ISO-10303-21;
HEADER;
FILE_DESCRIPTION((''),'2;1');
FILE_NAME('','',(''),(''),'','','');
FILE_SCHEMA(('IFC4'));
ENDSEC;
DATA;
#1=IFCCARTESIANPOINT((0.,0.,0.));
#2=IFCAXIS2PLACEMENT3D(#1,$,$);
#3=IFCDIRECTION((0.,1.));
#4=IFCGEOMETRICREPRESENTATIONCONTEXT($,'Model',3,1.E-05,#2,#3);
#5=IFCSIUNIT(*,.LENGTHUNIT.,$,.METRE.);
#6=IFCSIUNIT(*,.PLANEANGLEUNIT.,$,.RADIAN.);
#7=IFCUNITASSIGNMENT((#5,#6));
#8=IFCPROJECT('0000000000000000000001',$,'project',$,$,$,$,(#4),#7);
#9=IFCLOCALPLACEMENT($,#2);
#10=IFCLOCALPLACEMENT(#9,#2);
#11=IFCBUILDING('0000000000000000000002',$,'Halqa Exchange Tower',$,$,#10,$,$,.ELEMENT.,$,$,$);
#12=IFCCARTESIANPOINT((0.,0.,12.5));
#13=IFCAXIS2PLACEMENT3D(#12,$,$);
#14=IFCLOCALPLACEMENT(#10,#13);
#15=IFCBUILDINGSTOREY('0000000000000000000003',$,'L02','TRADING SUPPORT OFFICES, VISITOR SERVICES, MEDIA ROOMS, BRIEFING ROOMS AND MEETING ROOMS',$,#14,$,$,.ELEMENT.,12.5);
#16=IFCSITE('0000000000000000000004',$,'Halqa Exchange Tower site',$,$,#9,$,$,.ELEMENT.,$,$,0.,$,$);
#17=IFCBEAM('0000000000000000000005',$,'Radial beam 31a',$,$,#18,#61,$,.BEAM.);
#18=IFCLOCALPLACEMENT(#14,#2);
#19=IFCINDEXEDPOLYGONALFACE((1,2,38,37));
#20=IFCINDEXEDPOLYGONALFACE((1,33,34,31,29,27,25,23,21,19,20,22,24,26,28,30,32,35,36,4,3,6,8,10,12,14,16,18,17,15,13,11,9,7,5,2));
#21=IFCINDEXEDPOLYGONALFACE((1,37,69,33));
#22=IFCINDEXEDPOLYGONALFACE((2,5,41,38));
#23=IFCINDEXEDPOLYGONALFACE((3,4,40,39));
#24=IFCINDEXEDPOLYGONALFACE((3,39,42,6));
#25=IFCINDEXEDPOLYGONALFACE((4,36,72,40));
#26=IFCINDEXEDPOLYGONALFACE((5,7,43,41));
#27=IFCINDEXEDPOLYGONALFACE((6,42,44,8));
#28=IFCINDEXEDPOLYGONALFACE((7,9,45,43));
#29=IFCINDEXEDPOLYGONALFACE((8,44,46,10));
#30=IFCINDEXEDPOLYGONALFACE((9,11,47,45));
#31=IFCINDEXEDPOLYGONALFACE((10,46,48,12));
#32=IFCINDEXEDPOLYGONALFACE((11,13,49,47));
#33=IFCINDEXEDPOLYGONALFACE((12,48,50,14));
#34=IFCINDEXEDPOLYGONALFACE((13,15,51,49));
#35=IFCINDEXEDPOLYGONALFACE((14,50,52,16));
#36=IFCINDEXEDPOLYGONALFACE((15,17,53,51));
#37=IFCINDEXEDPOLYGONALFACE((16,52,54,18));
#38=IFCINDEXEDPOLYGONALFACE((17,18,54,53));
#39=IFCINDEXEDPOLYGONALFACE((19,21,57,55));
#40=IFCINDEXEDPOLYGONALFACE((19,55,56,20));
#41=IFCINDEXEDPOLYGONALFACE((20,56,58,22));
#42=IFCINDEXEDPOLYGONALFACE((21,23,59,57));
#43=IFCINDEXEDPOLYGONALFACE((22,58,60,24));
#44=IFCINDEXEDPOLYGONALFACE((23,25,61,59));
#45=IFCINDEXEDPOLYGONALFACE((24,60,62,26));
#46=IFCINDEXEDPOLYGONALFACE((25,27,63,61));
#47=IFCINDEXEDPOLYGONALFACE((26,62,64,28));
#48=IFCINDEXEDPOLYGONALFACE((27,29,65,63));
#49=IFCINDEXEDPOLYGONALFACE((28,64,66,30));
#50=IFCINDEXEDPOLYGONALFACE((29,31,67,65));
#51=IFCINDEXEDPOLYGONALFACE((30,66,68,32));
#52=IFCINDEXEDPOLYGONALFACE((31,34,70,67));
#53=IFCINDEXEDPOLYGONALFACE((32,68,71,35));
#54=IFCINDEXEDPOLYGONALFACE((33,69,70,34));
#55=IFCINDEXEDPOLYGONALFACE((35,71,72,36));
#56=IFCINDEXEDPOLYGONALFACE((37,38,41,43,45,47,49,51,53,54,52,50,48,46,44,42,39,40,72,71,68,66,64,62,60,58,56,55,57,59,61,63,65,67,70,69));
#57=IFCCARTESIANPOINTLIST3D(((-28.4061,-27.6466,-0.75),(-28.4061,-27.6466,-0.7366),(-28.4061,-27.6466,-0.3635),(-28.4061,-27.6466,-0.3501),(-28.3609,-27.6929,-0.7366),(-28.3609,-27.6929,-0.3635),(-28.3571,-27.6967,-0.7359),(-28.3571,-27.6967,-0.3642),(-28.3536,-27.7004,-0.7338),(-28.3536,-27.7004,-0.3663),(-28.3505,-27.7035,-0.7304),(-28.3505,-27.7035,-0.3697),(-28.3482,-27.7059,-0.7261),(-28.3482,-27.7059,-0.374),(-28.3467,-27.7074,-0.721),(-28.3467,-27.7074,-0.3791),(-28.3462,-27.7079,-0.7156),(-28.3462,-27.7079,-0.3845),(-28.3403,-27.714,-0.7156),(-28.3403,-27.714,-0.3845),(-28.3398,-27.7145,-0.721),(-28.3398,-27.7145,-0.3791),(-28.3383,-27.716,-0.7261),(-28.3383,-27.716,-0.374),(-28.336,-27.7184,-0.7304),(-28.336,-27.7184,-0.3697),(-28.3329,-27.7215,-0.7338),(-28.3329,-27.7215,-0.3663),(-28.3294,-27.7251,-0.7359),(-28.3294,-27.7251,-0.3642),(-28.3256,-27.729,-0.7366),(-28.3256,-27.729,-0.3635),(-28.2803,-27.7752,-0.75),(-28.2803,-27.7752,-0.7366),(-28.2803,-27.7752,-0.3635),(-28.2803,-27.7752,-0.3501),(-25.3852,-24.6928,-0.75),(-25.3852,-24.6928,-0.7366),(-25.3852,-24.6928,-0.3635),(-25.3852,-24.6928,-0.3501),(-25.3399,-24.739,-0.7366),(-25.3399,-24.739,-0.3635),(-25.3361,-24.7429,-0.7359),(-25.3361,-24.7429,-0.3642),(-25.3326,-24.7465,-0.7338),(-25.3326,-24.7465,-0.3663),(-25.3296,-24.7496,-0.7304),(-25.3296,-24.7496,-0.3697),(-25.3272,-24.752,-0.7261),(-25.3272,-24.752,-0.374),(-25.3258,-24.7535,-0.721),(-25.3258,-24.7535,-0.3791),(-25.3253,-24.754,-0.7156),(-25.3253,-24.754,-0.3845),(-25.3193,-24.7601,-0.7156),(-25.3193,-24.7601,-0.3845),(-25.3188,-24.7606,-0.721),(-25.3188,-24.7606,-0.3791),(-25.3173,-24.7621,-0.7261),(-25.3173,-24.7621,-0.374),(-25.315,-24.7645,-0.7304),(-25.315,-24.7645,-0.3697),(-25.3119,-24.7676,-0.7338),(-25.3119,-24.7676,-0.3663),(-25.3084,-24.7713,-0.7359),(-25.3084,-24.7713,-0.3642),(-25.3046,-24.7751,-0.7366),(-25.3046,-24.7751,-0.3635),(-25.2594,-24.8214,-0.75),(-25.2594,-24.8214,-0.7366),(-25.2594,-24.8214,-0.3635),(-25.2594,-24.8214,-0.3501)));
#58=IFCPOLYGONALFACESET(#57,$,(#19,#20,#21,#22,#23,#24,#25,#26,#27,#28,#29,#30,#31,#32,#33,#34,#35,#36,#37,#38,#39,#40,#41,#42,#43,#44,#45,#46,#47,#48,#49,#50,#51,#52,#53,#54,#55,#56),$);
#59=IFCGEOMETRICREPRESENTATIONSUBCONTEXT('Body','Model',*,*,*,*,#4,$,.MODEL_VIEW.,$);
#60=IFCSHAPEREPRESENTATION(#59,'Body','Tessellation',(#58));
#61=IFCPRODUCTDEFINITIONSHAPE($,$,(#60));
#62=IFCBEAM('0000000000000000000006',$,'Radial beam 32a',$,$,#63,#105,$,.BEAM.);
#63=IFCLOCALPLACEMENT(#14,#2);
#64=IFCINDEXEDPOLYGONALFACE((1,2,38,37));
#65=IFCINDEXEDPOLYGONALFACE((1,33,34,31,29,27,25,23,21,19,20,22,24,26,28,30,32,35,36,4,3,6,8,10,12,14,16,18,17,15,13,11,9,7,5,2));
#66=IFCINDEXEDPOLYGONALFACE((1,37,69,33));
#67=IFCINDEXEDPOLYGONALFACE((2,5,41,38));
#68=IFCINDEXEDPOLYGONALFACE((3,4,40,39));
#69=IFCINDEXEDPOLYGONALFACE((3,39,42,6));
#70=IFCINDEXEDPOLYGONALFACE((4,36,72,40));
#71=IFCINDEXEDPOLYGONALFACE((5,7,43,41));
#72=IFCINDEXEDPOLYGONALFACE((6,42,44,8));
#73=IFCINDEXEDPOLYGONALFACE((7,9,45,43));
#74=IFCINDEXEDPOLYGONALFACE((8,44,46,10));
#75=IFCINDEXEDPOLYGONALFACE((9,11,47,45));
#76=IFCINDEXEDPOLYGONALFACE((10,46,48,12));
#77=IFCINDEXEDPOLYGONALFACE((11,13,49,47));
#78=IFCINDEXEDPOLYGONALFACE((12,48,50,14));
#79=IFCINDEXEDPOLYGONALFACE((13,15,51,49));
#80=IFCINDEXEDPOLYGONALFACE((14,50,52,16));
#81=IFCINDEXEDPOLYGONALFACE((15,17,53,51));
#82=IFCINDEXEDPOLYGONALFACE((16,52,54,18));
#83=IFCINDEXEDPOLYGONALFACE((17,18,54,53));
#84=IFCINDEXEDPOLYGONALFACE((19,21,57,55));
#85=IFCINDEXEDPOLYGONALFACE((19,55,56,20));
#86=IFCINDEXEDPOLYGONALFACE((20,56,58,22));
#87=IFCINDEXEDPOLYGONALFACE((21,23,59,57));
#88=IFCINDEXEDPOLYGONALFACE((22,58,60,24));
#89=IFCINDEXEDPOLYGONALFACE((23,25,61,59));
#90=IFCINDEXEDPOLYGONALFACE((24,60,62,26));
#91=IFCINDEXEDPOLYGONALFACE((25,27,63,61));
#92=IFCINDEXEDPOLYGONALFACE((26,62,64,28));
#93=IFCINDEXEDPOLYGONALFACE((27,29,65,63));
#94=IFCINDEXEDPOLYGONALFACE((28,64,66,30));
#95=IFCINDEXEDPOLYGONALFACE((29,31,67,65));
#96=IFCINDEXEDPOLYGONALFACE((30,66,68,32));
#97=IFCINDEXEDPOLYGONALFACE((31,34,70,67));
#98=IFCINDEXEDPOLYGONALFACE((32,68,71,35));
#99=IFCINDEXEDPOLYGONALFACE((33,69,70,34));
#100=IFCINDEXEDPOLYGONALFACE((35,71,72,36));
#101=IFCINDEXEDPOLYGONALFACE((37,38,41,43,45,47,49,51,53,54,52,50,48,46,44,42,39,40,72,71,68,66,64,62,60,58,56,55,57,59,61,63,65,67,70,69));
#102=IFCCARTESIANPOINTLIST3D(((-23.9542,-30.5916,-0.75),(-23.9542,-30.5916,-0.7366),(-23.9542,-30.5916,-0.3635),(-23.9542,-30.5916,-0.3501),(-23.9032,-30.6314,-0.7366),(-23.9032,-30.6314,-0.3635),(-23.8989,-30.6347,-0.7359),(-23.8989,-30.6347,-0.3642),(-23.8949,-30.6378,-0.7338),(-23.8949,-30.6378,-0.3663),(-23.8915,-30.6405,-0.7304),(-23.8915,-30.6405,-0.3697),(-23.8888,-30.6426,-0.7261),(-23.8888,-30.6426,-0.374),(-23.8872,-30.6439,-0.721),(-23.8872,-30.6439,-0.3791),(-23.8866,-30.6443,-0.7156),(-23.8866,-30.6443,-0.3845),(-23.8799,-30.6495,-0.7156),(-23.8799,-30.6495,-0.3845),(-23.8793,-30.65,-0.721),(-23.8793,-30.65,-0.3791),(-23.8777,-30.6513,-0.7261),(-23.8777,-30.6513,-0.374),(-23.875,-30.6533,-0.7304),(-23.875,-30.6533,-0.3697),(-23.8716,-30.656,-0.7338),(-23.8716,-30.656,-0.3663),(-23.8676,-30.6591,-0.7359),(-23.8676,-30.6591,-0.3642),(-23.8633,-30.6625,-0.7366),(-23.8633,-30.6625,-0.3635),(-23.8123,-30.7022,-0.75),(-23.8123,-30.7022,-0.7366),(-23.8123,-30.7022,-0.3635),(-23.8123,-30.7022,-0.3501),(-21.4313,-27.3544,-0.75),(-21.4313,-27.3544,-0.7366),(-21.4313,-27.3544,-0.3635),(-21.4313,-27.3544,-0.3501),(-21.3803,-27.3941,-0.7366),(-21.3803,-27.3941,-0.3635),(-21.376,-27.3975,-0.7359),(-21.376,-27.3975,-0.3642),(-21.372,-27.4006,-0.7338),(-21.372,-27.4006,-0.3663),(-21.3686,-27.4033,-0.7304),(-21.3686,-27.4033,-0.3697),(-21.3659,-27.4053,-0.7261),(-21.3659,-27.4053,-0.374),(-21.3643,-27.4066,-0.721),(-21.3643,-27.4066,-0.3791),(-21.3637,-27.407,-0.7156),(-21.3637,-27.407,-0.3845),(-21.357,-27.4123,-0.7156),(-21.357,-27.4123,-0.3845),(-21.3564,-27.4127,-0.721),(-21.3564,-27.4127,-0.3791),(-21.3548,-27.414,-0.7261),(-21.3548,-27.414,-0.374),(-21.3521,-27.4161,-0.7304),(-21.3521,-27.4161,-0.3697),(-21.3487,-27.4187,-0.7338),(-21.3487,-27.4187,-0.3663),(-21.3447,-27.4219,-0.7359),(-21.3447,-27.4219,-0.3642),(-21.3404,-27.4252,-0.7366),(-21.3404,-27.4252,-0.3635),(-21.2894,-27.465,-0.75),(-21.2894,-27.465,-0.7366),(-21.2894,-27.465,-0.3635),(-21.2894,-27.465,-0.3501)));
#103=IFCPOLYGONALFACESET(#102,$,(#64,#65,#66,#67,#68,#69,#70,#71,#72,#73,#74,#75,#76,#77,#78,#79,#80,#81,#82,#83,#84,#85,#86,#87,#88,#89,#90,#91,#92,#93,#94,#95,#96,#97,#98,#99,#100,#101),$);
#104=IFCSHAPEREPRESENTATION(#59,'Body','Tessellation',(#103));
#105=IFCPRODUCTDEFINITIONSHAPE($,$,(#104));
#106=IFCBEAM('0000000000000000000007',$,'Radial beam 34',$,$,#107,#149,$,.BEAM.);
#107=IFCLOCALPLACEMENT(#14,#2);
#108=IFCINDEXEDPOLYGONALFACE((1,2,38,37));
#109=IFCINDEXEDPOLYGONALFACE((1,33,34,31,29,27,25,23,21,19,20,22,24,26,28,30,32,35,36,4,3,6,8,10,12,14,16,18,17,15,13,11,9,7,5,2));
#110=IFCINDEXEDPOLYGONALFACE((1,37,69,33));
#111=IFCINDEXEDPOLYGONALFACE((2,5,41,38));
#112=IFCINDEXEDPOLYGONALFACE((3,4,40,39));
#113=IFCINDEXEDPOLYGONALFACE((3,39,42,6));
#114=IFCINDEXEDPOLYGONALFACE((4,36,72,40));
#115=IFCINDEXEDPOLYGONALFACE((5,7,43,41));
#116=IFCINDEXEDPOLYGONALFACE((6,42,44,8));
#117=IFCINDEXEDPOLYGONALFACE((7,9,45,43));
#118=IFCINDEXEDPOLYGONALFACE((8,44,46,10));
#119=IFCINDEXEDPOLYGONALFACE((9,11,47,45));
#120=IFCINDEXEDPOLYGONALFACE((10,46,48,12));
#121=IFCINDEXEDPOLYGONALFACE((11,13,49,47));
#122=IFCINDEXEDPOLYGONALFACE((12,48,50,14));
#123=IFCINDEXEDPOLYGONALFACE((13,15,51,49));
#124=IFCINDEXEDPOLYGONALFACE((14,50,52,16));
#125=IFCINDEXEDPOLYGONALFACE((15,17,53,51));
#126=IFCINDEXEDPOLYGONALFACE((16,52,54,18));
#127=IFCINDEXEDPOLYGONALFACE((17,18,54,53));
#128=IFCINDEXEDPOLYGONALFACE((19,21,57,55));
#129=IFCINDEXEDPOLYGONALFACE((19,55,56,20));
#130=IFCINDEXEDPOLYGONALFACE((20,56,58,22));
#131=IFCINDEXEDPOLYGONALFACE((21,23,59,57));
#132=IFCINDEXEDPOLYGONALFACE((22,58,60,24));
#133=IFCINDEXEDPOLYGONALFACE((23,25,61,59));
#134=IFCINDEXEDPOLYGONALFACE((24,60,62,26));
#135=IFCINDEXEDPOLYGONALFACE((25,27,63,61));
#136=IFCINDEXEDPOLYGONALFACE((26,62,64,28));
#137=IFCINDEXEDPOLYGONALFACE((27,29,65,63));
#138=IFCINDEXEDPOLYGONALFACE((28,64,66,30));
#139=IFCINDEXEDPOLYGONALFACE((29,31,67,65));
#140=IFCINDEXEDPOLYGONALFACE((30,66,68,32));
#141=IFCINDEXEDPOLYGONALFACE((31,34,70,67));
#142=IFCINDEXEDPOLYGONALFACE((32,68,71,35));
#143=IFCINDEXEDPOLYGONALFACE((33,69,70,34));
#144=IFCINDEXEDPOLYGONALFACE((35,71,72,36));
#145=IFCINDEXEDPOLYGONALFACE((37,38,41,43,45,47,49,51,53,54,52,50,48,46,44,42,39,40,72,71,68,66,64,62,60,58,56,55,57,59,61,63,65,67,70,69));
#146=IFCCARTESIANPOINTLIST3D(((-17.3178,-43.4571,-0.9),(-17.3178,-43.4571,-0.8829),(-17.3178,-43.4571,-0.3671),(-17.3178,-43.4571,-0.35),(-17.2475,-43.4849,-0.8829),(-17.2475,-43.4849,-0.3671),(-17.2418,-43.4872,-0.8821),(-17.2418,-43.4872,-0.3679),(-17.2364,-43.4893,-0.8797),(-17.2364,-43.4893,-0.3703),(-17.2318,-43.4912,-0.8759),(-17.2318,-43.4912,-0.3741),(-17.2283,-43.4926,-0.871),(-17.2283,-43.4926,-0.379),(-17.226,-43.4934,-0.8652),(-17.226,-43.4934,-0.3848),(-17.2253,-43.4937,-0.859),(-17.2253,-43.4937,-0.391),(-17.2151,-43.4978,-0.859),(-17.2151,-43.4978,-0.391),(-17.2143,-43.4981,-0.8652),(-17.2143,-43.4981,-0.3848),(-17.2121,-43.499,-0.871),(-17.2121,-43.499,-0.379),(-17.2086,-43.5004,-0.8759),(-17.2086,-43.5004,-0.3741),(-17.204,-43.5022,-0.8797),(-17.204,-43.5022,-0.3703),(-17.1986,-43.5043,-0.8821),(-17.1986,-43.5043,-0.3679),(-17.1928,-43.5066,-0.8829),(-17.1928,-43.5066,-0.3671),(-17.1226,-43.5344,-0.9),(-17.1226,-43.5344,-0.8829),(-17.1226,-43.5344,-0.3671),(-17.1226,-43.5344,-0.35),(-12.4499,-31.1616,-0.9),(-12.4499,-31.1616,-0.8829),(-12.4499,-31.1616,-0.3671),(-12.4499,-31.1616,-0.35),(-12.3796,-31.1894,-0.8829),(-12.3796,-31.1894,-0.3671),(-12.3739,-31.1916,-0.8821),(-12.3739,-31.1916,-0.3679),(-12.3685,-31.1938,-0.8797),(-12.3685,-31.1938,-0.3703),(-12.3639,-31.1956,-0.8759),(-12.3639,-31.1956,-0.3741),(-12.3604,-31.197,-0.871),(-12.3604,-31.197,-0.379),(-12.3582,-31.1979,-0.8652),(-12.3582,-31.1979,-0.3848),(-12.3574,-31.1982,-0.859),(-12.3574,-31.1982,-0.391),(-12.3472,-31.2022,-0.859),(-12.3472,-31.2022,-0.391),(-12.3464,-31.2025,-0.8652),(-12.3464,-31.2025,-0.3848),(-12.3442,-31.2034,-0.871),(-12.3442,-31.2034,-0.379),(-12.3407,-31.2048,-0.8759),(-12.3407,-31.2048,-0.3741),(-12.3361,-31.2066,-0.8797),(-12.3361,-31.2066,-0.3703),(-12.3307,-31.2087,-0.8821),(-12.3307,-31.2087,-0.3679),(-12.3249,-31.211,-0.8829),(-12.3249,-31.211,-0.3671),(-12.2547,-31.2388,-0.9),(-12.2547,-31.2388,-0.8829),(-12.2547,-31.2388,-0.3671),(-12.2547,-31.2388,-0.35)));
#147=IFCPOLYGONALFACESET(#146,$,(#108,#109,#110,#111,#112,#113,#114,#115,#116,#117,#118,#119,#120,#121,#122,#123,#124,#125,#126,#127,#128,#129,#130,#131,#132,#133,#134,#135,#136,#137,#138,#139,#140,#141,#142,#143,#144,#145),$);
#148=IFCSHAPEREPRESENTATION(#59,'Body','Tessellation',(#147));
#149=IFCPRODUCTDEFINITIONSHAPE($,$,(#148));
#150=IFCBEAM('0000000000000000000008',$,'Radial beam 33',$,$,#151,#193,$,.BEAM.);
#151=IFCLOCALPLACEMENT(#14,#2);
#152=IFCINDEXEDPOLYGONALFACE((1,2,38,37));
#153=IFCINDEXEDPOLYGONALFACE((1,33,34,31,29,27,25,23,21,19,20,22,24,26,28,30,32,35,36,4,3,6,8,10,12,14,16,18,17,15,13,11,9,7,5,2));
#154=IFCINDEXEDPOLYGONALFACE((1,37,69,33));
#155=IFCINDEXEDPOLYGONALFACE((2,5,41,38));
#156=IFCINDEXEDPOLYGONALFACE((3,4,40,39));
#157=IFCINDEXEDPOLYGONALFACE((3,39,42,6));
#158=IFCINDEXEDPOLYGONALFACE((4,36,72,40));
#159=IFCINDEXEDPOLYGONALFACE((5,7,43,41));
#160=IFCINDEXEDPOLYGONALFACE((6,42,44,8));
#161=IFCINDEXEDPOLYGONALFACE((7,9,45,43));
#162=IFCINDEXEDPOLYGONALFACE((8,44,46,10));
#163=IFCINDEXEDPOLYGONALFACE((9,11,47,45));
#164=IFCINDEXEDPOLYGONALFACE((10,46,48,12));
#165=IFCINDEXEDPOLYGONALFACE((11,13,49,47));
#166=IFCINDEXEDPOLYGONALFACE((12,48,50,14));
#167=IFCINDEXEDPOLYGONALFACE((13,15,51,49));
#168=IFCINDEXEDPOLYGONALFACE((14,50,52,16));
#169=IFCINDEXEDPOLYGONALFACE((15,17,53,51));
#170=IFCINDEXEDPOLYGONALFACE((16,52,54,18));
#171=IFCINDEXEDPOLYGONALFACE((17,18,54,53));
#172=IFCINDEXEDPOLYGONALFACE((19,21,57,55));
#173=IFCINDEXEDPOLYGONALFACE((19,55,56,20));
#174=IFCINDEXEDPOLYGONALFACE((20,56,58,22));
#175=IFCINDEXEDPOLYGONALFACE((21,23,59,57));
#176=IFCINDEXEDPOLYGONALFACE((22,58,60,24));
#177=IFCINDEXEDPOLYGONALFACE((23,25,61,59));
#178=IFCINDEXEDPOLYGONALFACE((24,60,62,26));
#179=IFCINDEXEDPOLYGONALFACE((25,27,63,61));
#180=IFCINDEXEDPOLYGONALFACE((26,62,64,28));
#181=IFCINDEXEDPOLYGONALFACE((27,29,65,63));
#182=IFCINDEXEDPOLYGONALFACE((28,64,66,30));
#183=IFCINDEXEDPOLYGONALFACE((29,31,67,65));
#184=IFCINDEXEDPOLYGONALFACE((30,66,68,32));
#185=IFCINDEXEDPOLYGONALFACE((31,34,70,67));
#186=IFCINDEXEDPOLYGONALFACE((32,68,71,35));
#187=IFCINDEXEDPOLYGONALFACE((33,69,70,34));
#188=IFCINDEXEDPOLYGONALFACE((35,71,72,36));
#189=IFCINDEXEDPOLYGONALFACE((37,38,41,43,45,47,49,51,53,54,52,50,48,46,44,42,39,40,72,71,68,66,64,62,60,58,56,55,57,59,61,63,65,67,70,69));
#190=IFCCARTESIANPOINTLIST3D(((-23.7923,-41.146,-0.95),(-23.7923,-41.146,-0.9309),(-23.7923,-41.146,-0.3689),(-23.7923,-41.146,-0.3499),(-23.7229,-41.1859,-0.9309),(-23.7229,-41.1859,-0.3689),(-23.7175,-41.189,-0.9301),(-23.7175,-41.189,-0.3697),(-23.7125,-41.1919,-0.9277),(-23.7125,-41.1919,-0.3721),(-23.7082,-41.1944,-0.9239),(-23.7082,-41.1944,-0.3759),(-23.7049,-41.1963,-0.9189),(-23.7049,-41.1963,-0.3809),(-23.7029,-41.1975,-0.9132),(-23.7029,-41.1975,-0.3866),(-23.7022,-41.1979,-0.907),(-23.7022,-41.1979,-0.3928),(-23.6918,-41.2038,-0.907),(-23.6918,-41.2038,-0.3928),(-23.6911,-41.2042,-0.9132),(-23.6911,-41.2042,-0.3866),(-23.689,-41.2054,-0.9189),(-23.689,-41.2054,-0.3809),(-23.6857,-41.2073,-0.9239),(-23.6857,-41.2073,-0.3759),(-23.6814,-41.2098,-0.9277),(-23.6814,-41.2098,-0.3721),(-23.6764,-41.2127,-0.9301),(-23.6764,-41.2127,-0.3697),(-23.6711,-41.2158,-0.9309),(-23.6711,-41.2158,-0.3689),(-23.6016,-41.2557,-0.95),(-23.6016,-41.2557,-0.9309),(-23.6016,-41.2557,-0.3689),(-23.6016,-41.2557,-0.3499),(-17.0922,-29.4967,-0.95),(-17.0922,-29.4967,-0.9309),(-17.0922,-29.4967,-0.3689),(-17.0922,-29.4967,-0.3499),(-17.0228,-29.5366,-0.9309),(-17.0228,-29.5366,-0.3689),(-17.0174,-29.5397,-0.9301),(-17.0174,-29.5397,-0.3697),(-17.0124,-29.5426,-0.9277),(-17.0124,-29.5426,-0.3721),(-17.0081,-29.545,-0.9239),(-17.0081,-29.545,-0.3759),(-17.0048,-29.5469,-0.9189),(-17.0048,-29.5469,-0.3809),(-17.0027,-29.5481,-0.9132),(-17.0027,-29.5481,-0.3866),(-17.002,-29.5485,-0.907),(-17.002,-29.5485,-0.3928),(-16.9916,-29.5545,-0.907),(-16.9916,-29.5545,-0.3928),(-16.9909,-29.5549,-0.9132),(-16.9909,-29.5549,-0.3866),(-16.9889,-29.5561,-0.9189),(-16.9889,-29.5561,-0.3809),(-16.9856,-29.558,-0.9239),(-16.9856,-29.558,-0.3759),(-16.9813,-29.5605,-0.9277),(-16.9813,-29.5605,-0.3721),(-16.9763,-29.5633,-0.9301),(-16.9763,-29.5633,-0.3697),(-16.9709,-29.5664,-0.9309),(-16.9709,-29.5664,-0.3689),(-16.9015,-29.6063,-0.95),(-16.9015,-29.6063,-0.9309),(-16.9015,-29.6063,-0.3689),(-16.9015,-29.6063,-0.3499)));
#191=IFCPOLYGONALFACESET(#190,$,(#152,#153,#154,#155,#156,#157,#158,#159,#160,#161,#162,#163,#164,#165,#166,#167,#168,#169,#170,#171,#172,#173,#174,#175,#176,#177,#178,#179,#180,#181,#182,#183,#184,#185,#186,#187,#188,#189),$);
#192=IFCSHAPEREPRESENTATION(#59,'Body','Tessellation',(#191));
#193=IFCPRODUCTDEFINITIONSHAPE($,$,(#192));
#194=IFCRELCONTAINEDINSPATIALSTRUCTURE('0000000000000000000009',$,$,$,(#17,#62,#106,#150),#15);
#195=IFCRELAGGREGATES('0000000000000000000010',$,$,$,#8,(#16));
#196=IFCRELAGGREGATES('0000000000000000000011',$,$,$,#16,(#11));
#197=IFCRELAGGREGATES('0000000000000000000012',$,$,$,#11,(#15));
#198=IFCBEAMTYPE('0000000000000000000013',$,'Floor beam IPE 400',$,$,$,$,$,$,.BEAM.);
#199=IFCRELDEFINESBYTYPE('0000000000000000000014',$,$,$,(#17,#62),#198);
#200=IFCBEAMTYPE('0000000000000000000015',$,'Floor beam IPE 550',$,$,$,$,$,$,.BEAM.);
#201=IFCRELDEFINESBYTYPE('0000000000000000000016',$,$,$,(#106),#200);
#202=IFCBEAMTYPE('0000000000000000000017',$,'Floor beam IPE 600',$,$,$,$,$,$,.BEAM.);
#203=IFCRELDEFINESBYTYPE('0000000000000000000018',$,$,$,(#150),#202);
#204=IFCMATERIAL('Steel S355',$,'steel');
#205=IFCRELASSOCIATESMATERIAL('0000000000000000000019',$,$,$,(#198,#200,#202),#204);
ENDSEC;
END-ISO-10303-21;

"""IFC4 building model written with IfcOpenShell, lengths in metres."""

from ifc_helpers import new_model, si_unit, direction, frame, origin, origin_2d, place, context, subcontext, project, spatial, i_section, extrude, material, material_profile, profile_set, type_object, element, save


model = new_model("IFC4")

# Units and contexts
model_context = context("Model", 3, precision=1e-05, world=origin(), true_north=direction((0.0, 1.0)))
body_context = subcontext(model_context, "Body", "Model", "MODEL_VIEW")
ifc_project = project(units=[si_unit("LENGTHUNIT", "METRE"), si_unit("PLANEANGLEUNIT", "RADIAN")], contexts=[model_context])

# Site, building, storey
site_placement = place(None, origin())
site = spatial("IfcSite", under=ifc_project, at=site_placement, Name="Halqa Exchange Tower site", CompositionType="ELEMENT", RefElevation=0.0)
building_placement = place(site_placement, origin())
building = spatial("IfcBuilding", under=site, at=building_placement, Name="Halqa Exchange Tower", CompositionType="ELEMENT")
storey_placement = place(building_placement, frame((0.0, 0.0, 12.5)))
storey = spatial("IfcBuildingStorey", under=building, at=storey_placement, Name="L02", Description="TRADING SUPPORT OFFICES, VISITOR SERVICES, MEDIA ROOMS, BRIEFING ROOMS AND MEETING ROOMS", CompositionType="ELEMENT", Elevation=12.5)

# Beams
ifc_material_1 = material(Name="Steel S355", Category="steel")
ifc_material_profile_1 = material_profile(ifc_material_1, i_section(OverallWidth=0.1799, OverallDepth=0.3999, WebThickness=0.0085, FlangeThickness=0.0134, FilletRadius=0.021, at=origin_2d()), Name="IPE 400")
ifc_profile_set_1 = profile_set([ifc_material_profile_1], Name="Steel S355")
beam_type_1 = type_object("IfcBeamType", Name="Floor beam IPE 400", PredefinedType="BEAM", material=ifc_profile_set_1)
beam_1_placement = place(storey_placement, frame((-25.3223, -24.7571, -0.55), z_axis=(-0.715007, -0.699117, 0.0), x_axis=(0.699117, -0.715007, 0.0)))
element("IfcBeam", 1, at=beam_1_placement, inside=storey, type_object=beam_type_1, Name="Radial beam 31a", PredefinedType="BEAM", context=body_context, shape_type="SweptSolid", body=[
    extrude(i_section(OverallWidth=0.1799, OverallDepth=0.3999, WebThickness=0.0085, FlangeThickness=0.0134, FilletRadius=0.021, at=origin_2d()), origin(), (0.0, 0.0, 1.0), 4.2251),
])
beam_2_placement = place(storey_placement, frame((-21.3604, -27.4097, -0.55), z_axis=(-0.614706, -0.788756, 0.0), x_axis=(0.788756, -0.614706, 0.0)))
element("IfcBeam", 2, at=beam_2_placement, inside=storey, type_object=beam_type_1, Name="Radial beam 32a", PredefinedType="BEAM", context=body_context, shape_type="SweptSolid", body=[
    extrude(i_section(OverallWidth=0.1799, OverallDepth=0.3999, WebThickness=0.0085, FlangeThickness=0.0134, FilletRadius=0.021, at=origin_2d()), origin(), (0.0, 0.0, 1.0), 4.1042),
])
ifc_material_profile_2 = material_profile(ifc_material_1, i_section(OverallWidth=0.21, OverallDepth=0.55, WebThickness=0.011, FlangeThickness=0.0171, FilletRadius=0.0239, at=origin_2d()), Name="IPE 550")
ifc_profile_set_2 = profile_set([ifc_material_profile_2], Name="Steel S355")
beam_type_2 = type_object("IfcBeamType", Name="Floor beam IPE 550", PredefinedType="BEAM", material=ifc_profile_set_2)
beam_3_placement = place(storey_placement, frame((-12.3523, -31.2002, -0.625), z_axis=(-0.368107, -0.929784, 0.0), x_axis=(0.929784, -0.368107, 0.0)))
element("IfcBeam", 3, at=beam_3_placement, inside=storey, type_object=beam_type_2, Name="Radial beam 34", PredefinedType="BEAM", context=body_context, shape_type="SweptSolid", body=[
    extrude(i_section(OverallWidth=0.21, OverallDepth=0.55, WebThickness=0.011, FlangeThickness=0.0171, FilletRadius=0.0239, at=origin_2d()), origin(), (0.0, 0.0, 1.0), 13.2241),
])
ifc_material_profile_3 = material_profile(ifc_material_1, i_section(OverallWidth=0.22, OverallDepth=0.6001, WebThickness=0.012, FlangeThickness=0.019, FilletRadius=0.0239, at=origin_2d()), Name="IPE 600")
ifc_profile_set_3 = profile_set([ifc_material_profile_3], Name="Steel S355")
beam_type_3 = type_object("IfcBeamType", Name="Floor beam IPE 600", PredefinedType="BEAM", material=ifc_profile_set_3)
beam_4_placement = place(storey_placement, frame((-16.9968, -29.5515, -0.6499), z_axis=(-0.498571, -0.866849, 0.0), x_axis=(0.866849, -0.498571, 0.0)))
element("IfcBeam", 4, at=beam_4_placement, inside=storey, type_object=beam_type_3, Name="Radial beam 33", PredefinedType="BEAM", context=body_context, shape_type="SweptSolid", body=[
    extrude(i_section(OverallWidth=0.22, OverallDepth=0.6001, WebThickness=0.012, FlangeThickness=0.019, FilletRadius=0.0239, at=origin_2d()), origin(), (0.0, 0.0, 1.0), 13.4387),
])

save(model, "model.ifc")
